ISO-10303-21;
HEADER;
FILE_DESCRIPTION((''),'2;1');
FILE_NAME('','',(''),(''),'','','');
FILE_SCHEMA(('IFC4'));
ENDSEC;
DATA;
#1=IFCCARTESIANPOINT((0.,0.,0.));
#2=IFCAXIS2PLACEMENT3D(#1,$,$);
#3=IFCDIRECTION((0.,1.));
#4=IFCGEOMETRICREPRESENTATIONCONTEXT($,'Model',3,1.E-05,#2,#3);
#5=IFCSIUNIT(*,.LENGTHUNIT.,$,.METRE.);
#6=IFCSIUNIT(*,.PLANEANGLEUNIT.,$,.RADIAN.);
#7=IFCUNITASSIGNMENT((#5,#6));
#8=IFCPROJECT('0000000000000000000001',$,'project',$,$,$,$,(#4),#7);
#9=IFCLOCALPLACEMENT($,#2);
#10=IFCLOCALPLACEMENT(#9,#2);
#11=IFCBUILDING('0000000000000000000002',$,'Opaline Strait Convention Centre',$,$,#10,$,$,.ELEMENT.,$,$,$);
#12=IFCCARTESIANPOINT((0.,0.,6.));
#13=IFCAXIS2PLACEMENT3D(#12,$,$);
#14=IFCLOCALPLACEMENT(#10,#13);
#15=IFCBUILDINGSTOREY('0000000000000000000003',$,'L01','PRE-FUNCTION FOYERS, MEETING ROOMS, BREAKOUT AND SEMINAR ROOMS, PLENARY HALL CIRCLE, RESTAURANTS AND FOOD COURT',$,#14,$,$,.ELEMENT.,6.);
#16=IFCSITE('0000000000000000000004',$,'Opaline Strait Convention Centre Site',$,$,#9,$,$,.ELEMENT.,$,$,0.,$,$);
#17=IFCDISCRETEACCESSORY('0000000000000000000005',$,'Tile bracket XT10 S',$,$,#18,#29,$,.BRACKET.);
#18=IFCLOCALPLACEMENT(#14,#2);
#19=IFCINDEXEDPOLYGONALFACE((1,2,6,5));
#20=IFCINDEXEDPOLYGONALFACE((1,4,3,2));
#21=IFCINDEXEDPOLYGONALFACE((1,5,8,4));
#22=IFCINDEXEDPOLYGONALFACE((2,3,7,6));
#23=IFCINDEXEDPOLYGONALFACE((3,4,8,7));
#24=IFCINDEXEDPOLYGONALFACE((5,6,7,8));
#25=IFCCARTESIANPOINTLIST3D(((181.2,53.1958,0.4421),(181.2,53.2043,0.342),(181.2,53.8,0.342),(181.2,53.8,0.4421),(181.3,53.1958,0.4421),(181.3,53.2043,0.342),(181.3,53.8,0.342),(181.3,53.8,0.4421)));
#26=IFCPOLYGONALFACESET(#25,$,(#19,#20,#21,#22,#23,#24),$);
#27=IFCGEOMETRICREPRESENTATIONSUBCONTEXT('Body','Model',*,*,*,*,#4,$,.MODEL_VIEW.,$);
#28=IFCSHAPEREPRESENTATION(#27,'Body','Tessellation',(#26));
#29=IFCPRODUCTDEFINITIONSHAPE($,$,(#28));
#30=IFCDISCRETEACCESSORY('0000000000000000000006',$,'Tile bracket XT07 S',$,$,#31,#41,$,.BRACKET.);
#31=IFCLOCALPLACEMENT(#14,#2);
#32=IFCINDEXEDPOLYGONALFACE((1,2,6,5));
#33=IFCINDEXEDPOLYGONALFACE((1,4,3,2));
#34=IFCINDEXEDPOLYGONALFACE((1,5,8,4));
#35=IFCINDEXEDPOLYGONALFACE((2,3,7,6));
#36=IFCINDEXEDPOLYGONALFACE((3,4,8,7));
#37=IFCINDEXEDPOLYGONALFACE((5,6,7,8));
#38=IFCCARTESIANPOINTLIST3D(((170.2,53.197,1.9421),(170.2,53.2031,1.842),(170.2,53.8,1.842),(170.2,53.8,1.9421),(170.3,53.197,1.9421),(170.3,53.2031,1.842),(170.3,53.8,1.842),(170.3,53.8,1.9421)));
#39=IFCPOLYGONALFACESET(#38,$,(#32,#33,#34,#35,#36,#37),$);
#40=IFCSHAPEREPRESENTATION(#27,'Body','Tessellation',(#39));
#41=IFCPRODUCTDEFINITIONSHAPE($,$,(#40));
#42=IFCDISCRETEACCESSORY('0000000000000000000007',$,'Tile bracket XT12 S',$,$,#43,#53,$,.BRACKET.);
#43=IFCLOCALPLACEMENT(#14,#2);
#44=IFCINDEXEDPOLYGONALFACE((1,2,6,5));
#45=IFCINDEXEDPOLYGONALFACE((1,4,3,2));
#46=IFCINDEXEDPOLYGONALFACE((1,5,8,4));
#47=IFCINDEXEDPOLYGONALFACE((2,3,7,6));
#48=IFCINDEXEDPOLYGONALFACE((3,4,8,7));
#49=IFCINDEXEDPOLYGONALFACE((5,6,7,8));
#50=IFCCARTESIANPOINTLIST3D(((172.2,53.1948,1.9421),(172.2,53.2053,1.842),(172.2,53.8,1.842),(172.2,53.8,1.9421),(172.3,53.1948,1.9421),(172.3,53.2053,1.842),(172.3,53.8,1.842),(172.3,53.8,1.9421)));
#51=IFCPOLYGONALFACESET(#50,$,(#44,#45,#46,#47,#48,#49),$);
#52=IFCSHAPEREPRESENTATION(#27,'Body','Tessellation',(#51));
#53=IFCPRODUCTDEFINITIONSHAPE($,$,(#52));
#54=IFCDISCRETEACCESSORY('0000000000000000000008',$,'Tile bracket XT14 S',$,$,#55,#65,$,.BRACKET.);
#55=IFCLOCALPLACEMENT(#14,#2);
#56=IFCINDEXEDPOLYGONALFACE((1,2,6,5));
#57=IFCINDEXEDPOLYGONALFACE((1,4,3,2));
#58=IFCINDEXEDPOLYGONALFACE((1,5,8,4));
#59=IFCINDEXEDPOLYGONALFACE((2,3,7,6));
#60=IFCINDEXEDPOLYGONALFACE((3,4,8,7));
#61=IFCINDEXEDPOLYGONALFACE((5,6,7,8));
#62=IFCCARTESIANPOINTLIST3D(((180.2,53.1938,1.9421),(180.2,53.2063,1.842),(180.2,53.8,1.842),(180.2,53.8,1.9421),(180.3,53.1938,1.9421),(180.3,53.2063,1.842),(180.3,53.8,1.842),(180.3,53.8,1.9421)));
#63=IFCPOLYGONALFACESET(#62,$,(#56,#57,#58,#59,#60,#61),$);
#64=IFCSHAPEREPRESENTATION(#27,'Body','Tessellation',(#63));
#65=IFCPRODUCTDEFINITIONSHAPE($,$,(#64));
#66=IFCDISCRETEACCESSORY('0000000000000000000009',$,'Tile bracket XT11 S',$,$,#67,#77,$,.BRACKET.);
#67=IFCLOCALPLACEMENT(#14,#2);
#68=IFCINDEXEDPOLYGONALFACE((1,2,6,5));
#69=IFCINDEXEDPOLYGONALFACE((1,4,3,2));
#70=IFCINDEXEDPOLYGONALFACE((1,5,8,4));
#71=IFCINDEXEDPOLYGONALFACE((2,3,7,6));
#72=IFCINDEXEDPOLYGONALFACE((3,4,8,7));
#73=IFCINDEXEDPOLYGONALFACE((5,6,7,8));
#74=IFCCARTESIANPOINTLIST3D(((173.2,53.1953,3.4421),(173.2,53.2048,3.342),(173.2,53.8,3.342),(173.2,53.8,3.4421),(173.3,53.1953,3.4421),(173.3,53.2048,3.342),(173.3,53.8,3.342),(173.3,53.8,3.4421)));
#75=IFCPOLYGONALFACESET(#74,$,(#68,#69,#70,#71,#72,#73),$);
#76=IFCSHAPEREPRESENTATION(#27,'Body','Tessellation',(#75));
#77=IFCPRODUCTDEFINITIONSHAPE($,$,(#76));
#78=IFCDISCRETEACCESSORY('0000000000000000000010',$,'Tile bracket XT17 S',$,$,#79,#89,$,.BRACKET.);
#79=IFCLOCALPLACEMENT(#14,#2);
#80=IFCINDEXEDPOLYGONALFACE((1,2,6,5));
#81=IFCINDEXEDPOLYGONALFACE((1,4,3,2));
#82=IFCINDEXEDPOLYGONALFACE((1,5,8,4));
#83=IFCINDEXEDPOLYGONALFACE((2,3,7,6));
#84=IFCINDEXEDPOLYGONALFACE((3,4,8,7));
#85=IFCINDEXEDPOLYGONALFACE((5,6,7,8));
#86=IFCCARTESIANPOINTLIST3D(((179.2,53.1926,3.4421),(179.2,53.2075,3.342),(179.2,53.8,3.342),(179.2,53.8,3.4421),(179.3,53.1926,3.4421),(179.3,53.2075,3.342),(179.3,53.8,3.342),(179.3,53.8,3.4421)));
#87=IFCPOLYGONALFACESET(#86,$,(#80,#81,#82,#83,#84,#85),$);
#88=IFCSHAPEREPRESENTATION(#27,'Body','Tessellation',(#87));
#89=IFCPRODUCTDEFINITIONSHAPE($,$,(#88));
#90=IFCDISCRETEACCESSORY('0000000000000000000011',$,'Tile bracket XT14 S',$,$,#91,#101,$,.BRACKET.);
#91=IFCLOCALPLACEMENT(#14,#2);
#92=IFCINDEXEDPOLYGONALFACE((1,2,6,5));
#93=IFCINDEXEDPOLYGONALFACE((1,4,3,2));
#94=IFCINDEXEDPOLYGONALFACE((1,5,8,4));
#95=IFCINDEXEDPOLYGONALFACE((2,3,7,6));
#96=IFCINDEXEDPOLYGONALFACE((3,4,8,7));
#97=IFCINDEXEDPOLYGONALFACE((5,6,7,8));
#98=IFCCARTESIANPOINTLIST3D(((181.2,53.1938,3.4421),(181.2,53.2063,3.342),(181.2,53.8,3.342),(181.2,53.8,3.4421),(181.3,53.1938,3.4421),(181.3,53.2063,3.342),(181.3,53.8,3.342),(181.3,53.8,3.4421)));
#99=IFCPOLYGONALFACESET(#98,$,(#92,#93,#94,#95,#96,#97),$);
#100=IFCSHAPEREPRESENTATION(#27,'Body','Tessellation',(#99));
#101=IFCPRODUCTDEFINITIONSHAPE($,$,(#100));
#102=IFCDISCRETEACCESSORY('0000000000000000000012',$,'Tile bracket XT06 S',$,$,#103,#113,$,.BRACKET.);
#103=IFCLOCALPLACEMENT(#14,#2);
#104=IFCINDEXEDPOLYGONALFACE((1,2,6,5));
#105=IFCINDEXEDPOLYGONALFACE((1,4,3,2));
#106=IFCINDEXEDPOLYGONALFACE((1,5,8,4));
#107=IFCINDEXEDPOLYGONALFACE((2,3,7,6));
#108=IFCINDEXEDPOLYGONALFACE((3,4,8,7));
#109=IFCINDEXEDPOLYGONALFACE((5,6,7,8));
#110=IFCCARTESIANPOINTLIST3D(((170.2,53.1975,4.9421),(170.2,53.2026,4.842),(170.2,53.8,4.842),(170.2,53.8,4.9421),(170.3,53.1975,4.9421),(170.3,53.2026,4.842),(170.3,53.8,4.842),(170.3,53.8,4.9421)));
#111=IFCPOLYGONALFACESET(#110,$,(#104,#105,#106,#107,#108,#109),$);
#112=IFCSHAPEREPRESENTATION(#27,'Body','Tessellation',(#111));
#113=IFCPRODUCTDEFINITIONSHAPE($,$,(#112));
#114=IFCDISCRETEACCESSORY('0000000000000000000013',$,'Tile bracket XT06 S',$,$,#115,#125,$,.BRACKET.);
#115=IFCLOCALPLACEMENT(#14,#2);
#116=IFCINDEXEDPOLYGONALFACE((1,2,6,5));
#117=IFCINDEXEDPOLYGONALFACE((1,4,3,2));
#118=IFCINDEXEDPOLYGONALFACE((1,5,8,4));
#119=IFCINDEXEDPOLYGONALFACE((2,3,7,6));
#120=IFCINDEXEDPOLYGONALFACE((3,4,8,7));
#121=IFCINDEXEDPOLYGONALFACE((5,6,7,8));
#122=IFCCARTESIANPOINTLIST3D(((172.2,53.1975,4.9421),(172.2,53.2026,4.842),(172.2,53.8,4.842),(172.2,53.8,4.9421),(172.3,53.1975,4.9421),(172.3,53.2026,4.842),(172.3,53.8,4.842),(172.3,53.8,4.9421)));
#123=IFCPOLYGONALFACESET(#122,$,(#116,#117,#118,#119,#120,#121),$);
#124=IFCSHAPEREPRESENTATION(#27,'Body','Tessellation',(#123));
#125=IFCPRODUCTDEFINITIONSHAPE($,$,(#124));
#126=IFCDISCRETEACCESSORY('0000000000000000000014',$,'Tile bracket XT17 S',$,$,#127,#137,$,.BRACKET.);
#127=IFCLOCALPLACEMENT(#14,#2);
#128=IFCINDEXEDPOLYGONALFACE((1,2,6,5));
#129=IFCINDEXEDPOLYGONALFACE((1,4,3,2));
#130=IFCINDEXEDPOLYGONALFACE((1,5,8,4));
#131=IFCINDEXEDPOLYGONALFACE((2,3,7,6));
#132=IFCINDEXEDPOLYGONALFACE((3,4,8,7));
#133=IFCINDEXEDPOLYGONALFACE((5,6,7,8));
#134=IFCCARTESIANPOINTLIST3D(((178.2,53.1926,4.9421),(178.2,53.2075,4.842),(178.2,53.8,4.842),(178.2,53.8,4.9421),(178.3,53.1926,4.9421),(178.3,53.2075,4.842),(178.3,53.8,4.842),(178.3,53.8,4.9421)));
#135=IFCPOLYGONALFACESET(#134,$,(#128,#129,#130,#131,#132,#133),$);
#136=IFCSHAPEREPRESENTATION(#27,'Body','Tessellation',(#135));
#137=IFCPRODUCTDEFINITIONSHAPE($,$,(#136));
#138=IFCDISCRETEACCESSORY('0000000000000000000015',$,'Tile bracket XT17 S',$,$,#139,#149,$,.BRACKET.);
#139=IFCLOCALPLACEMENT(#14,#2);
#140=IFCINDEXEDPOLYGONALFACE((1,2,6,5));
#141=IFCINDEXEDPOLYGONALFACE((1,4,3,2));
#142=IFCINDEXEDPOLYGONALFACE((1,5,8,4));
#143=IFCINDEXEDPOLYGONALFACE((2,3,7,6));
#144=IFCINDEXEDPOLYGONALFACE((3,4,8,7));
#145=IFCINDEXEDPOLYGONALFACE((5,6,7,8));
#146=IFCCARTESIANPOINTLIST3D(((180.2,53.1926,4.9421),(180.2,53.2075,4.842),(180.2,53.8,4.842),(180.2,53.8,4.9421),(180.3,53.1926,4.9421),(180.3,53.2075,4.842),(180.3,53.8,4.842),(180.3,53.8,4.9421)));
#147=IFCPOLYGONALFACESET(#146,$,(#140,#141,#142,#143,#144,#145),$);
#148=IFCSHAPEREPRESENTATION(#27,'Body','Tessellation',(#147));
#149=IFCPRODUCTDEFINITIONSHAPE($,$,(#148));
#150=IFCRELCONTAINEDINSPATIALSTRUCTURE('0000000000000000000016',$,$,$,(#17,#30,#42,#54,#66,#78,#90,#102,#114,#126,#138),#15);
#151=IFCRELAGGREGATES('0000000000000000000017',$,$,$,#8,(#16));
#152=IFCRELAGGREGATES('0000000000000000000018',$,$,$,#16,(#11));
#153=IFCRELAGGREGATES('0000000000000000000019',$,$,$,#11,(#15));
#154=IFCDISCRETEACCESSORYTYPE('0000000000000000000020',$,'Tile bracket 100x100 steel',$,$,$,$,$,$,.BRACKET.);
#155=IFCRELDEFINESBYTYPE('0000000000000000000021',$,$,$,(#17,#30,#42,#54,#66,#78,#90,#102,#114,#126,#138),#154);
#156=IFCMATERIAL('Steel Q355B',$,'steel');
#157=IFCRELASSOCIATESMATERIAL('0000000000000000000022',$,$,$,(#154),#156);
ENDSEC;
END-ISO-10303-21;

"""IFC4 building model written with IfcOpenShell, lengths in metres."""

from ifc_helpers import new_model, si_unit, direction, frame, origin, place, context, subcontext, project, spatial, polyline, outline, extrude, material, type_object, element, save


model = new_model("IFC4")

# Units and contexts
model_context = context("Model", 3, precision=1e-05, world=origin(), true_north=direction((0.0, 1.0)))
body_context = subcontext(model_context, "Body", "Model", "MODEL_VIEW")
ifc_project = project(units=[si_unit("LENGTHUNIT", "METRE"), si_unit("PLANEANGLEUNIT", "RADIAN")], contexts=[model_context])

# Site, building, storey
site_placement = place(None, origin())
site = spatial("IfcSite", under=ifc_project, at=site_placement, Name="Opaline Strait Convention Centre Site", CompositionType="ELEMENT", RefElevation=0.0)
building_placement = place(site_placement, origin())
building = spatial("IfcBuilding", under=site, at=building_placement, Name="Opaline Strait Convention Centre", CompositionType="ELEMENT")
storey_placement = place(building_placement, frame((0.0, 0.0, 6.0)))
storey = spatial("IfcBuildingStorey", under=building, at=storey_placement, Name="L01", Description="PRE-FUNCTION FOYERS, MEETING ROOMS, BREAKOUT AND SEMINAR ROOMS, PLENARY HALL CIRCLE, RESTAURANTS AND FOOD COURT", CompositionType="ELEMENT", Elevation=6.0)

# Discrete accessories
ifc_material_1 = material(Name="Steel Q355B", Category="steel")
discrete_accessory_type = type_object("IfcDiscreteAccessoryType", Name="Tile bracket 100x100 steel", PredefinedType="BRACKET", material=ifc_material_1)
discrete_accessory_1_placement = place(storey_placement, frame((181.2, 53.8, 0.3921), z_axis=(1.0, 0.0, 0.0), x_axis=(0.0, 1.0, 0.0)))
element("IfcDiscreteAccessory", 1, at=discrete_accessory_1_placement, inside=storey, type_object=discrete_accessory_type, Name="Tile bracket XT10 S", PredefinedType="BRACKET", context=body_context, shape_type="SweptSolid", body=[
    extrude(outline(polyline([(0.0, -0.05), (0.0, 0.05), (-0.6042, 0.05), (-0.5957, -0.05), (0.0, -0.05)])), origin(), (0.0, 0.0, 1.0), 0.1001),
])
discrete_accessory_2_placement = place(storey_placement, frame((170.2, 53.8, 1.8921), z_axis=(1.0, 0.0, 0.0), x_axis=(0.0, 1.0, 0.0)))
element("IfcDiscreteAccessory", 2, at=discrete_accessory_2_placement, inside=storey, type_object=discrete_accessory_type, Name="Tile bracket XT07 S", PredefinedType="BRACKET", context=body_context, shape_type="SweptSolid", body=[
    extrude(outline(polyline([(0.0, -0.05), (0.0, 0.05), (-0.603, 0.05), (-0.5969, -0.05), (0.0, -0.05)])), origin(), (0.0, 0.0, 1.0), 0.1001),
])
discrete_accessory_3_placement = place(storey_placement, frame((172.2, 53.8, 1.8921), z_axis=(1.0, 0.0, 0.0), x_axis=(0.0, 1.0, 0.0)))
element("IfcDiscreteAccessory", 3, at=discrete_accessory_3_placement, inside=storey, type_object=discrete_accessory_type, Name="Tile bracket XT12 S", PredefinedType="BRACKET", context=body_context, shape_type="SweptSolid", body=[
    extrude(outline(polyline([(0.0, -0.05), (0.0, 0.05), (-0.6052, 0.05), (-0.5947, -0.05), (0.0, -0.05)])), origin(), (0.0, 0.0, 1.0), 0.1001),
])
discrete_accessory_4_placement = place(storey_placement, frame((180.2, 53.8, 1.8921), z_axis=(1.0, 0.0, 0.0), x_axis=(0.0, 1.0, 0.0)))
element("IfcDiscreteAccessory", 4, at=discrete_accessory_4_placement, inside=storey, type_object=discrete_accessory_type, Name="Tile bracket XT14 S", PredefinedType="BRACKET", context=body_context, shape_type="SweptSolid", body=[
    extrude(outline(polyline([(0.0, -0.05), (0.0, 0.05), (-0.6062, 0.05), (-0.5938, -0.05), (0.0, -0.05)])), origin(), (0.0, 0.0, 1.0), 0.1001),
])
discrete_accessory_5_placement = place(storey_placement, frame((173.2, 53.8, 3.3921), z_axis=(1.0, 0.0, 0.0), x_axis=(0.0, 1.0, 0.0)))
element("IfcDiscreteAccessory", 5, at=discrete_accessory_5_placement, inside=storey, type_object=discrete_accessory_type, Name="Tile bracket XT11 S", PredefinedType="BRACKET", context=body_context, shape_type="SweptSolid", body=[
    extrude(outline(polyline([(0.0, -0.05), (0.0, 0.05), (-0.6047, 0.05), (-0.5952, -0.05), (0.0, -0.05)])), origin(), (0.0, 0.0, 1.0), 0.1001),
])
discrete_accessory_6_placement = place(storey_placement, frame((179.2, 53.8, 3.3921), z_axis=(1.0, 0.0, 0.0), x_axis=(0.0, 1.0, 0.0)))
element("IfcDiscreteAccessory", 6, at=discrete_accessory_6_placement, inside=storey, type_object=discrete_accessory_type, Name="Tile bracket XT17 S", PredefinedType="BRACKET", context=body_context, shape_type="SweptSolid", body=[
    extrude(outline(polyline([(0.0, -0.05), (0.0, 0.05), (-0.6074, 0.05), (-0.5925, -0.05), (0.0, -0.05)])), origin(), (0.0, 0.0, 1.0), 0.1001),
])
discrete_accessory_7_placement = place(storey_placement, frame((181.2, 53.8, 3.3921), z_axis=(1.0, 0.0, 0.0), x_axis=(0.0, 1.0, 0.0)))
element("IfcDiscreteAccessory", 7, at=discrete_accessory_7_placement, inside=storey, type_object=discrete_accessory_type, Name="Tile bracket XT14 S", PredefinedType="BRACKET", context=body_context, shape_type="SweptSolid", body=[
    extrude(outline(polyline([(0.0, -0.05), (0.0, 0.05), (-0.6062, 0.05), (-0.5938, -0.05), (0.0, -0.05)])), origin(), (0.0, 0.0, 1.0), 0.1001),
])
for number, where, z_axis, x_axis, name in (
    (8, (170.2, 53.8, 4.8921), (1.0, 0.0, 0.0), (0.0, 1.0, 0.0), "Tile bracket XT06 S"),
    (9, (172.2, 53.8, 4.8921), (1.0, 0.0, 0.0), (0.0, 1.0, 0.0), "Tile bracket XT06 S"),
):
    element("IfcDiscreteAccessory", number, at=place(storey_placement, frame(where, z_axis=z_axis, x_axis=x_axis)), inside=storey, type_object=discrete_accessory_type, Name=name, PredefinedType="BRACKET", context=body_context, shape_type="SweptSolid", body=[
        extrude(outline(polyline([(0.0, -0.05), (0.0, 0.05), (-0.6025, 0.05), (-0.5974, -0.05), (0.0, -0.05)])), origin(), (0.0, 0.0, 1.0), 0.1001),
    ])
for number, where, z_axis, x_axis, name in (
    (10, (178.2, 53.8, 4.8921), (1.0, 0.0, 0.0), (0.0, 1.0, 0.0), "Tile bracket XT17 S"),
    (11, (180.2, 53.8, 4.8921), (1.0, 0.0, 0.0), (0.0, 1.0, 0.0), "Tile bracket XT17 S"),
):
    element("IfcDiscreteAccessory", number, at=place(storey_placement, frame(where, z_axis=z_axis, x_axis=x_axis)), inside=storey, type_object=discrete_accessory_type, Name=name, PredefinedType="BRACKET", context=body_context, shape_type="SweptSolid", body=[
        extrude(outline(polyline([(0.0, -0.05), (0.0, 0.05), (-0.6074, 0.05), (-0.5925, -0.05), (0.0, -0.05)])), origin(), (0.0, 0.0, 1.0), 0.1001),
    ])

save(model, "model.ifc")
